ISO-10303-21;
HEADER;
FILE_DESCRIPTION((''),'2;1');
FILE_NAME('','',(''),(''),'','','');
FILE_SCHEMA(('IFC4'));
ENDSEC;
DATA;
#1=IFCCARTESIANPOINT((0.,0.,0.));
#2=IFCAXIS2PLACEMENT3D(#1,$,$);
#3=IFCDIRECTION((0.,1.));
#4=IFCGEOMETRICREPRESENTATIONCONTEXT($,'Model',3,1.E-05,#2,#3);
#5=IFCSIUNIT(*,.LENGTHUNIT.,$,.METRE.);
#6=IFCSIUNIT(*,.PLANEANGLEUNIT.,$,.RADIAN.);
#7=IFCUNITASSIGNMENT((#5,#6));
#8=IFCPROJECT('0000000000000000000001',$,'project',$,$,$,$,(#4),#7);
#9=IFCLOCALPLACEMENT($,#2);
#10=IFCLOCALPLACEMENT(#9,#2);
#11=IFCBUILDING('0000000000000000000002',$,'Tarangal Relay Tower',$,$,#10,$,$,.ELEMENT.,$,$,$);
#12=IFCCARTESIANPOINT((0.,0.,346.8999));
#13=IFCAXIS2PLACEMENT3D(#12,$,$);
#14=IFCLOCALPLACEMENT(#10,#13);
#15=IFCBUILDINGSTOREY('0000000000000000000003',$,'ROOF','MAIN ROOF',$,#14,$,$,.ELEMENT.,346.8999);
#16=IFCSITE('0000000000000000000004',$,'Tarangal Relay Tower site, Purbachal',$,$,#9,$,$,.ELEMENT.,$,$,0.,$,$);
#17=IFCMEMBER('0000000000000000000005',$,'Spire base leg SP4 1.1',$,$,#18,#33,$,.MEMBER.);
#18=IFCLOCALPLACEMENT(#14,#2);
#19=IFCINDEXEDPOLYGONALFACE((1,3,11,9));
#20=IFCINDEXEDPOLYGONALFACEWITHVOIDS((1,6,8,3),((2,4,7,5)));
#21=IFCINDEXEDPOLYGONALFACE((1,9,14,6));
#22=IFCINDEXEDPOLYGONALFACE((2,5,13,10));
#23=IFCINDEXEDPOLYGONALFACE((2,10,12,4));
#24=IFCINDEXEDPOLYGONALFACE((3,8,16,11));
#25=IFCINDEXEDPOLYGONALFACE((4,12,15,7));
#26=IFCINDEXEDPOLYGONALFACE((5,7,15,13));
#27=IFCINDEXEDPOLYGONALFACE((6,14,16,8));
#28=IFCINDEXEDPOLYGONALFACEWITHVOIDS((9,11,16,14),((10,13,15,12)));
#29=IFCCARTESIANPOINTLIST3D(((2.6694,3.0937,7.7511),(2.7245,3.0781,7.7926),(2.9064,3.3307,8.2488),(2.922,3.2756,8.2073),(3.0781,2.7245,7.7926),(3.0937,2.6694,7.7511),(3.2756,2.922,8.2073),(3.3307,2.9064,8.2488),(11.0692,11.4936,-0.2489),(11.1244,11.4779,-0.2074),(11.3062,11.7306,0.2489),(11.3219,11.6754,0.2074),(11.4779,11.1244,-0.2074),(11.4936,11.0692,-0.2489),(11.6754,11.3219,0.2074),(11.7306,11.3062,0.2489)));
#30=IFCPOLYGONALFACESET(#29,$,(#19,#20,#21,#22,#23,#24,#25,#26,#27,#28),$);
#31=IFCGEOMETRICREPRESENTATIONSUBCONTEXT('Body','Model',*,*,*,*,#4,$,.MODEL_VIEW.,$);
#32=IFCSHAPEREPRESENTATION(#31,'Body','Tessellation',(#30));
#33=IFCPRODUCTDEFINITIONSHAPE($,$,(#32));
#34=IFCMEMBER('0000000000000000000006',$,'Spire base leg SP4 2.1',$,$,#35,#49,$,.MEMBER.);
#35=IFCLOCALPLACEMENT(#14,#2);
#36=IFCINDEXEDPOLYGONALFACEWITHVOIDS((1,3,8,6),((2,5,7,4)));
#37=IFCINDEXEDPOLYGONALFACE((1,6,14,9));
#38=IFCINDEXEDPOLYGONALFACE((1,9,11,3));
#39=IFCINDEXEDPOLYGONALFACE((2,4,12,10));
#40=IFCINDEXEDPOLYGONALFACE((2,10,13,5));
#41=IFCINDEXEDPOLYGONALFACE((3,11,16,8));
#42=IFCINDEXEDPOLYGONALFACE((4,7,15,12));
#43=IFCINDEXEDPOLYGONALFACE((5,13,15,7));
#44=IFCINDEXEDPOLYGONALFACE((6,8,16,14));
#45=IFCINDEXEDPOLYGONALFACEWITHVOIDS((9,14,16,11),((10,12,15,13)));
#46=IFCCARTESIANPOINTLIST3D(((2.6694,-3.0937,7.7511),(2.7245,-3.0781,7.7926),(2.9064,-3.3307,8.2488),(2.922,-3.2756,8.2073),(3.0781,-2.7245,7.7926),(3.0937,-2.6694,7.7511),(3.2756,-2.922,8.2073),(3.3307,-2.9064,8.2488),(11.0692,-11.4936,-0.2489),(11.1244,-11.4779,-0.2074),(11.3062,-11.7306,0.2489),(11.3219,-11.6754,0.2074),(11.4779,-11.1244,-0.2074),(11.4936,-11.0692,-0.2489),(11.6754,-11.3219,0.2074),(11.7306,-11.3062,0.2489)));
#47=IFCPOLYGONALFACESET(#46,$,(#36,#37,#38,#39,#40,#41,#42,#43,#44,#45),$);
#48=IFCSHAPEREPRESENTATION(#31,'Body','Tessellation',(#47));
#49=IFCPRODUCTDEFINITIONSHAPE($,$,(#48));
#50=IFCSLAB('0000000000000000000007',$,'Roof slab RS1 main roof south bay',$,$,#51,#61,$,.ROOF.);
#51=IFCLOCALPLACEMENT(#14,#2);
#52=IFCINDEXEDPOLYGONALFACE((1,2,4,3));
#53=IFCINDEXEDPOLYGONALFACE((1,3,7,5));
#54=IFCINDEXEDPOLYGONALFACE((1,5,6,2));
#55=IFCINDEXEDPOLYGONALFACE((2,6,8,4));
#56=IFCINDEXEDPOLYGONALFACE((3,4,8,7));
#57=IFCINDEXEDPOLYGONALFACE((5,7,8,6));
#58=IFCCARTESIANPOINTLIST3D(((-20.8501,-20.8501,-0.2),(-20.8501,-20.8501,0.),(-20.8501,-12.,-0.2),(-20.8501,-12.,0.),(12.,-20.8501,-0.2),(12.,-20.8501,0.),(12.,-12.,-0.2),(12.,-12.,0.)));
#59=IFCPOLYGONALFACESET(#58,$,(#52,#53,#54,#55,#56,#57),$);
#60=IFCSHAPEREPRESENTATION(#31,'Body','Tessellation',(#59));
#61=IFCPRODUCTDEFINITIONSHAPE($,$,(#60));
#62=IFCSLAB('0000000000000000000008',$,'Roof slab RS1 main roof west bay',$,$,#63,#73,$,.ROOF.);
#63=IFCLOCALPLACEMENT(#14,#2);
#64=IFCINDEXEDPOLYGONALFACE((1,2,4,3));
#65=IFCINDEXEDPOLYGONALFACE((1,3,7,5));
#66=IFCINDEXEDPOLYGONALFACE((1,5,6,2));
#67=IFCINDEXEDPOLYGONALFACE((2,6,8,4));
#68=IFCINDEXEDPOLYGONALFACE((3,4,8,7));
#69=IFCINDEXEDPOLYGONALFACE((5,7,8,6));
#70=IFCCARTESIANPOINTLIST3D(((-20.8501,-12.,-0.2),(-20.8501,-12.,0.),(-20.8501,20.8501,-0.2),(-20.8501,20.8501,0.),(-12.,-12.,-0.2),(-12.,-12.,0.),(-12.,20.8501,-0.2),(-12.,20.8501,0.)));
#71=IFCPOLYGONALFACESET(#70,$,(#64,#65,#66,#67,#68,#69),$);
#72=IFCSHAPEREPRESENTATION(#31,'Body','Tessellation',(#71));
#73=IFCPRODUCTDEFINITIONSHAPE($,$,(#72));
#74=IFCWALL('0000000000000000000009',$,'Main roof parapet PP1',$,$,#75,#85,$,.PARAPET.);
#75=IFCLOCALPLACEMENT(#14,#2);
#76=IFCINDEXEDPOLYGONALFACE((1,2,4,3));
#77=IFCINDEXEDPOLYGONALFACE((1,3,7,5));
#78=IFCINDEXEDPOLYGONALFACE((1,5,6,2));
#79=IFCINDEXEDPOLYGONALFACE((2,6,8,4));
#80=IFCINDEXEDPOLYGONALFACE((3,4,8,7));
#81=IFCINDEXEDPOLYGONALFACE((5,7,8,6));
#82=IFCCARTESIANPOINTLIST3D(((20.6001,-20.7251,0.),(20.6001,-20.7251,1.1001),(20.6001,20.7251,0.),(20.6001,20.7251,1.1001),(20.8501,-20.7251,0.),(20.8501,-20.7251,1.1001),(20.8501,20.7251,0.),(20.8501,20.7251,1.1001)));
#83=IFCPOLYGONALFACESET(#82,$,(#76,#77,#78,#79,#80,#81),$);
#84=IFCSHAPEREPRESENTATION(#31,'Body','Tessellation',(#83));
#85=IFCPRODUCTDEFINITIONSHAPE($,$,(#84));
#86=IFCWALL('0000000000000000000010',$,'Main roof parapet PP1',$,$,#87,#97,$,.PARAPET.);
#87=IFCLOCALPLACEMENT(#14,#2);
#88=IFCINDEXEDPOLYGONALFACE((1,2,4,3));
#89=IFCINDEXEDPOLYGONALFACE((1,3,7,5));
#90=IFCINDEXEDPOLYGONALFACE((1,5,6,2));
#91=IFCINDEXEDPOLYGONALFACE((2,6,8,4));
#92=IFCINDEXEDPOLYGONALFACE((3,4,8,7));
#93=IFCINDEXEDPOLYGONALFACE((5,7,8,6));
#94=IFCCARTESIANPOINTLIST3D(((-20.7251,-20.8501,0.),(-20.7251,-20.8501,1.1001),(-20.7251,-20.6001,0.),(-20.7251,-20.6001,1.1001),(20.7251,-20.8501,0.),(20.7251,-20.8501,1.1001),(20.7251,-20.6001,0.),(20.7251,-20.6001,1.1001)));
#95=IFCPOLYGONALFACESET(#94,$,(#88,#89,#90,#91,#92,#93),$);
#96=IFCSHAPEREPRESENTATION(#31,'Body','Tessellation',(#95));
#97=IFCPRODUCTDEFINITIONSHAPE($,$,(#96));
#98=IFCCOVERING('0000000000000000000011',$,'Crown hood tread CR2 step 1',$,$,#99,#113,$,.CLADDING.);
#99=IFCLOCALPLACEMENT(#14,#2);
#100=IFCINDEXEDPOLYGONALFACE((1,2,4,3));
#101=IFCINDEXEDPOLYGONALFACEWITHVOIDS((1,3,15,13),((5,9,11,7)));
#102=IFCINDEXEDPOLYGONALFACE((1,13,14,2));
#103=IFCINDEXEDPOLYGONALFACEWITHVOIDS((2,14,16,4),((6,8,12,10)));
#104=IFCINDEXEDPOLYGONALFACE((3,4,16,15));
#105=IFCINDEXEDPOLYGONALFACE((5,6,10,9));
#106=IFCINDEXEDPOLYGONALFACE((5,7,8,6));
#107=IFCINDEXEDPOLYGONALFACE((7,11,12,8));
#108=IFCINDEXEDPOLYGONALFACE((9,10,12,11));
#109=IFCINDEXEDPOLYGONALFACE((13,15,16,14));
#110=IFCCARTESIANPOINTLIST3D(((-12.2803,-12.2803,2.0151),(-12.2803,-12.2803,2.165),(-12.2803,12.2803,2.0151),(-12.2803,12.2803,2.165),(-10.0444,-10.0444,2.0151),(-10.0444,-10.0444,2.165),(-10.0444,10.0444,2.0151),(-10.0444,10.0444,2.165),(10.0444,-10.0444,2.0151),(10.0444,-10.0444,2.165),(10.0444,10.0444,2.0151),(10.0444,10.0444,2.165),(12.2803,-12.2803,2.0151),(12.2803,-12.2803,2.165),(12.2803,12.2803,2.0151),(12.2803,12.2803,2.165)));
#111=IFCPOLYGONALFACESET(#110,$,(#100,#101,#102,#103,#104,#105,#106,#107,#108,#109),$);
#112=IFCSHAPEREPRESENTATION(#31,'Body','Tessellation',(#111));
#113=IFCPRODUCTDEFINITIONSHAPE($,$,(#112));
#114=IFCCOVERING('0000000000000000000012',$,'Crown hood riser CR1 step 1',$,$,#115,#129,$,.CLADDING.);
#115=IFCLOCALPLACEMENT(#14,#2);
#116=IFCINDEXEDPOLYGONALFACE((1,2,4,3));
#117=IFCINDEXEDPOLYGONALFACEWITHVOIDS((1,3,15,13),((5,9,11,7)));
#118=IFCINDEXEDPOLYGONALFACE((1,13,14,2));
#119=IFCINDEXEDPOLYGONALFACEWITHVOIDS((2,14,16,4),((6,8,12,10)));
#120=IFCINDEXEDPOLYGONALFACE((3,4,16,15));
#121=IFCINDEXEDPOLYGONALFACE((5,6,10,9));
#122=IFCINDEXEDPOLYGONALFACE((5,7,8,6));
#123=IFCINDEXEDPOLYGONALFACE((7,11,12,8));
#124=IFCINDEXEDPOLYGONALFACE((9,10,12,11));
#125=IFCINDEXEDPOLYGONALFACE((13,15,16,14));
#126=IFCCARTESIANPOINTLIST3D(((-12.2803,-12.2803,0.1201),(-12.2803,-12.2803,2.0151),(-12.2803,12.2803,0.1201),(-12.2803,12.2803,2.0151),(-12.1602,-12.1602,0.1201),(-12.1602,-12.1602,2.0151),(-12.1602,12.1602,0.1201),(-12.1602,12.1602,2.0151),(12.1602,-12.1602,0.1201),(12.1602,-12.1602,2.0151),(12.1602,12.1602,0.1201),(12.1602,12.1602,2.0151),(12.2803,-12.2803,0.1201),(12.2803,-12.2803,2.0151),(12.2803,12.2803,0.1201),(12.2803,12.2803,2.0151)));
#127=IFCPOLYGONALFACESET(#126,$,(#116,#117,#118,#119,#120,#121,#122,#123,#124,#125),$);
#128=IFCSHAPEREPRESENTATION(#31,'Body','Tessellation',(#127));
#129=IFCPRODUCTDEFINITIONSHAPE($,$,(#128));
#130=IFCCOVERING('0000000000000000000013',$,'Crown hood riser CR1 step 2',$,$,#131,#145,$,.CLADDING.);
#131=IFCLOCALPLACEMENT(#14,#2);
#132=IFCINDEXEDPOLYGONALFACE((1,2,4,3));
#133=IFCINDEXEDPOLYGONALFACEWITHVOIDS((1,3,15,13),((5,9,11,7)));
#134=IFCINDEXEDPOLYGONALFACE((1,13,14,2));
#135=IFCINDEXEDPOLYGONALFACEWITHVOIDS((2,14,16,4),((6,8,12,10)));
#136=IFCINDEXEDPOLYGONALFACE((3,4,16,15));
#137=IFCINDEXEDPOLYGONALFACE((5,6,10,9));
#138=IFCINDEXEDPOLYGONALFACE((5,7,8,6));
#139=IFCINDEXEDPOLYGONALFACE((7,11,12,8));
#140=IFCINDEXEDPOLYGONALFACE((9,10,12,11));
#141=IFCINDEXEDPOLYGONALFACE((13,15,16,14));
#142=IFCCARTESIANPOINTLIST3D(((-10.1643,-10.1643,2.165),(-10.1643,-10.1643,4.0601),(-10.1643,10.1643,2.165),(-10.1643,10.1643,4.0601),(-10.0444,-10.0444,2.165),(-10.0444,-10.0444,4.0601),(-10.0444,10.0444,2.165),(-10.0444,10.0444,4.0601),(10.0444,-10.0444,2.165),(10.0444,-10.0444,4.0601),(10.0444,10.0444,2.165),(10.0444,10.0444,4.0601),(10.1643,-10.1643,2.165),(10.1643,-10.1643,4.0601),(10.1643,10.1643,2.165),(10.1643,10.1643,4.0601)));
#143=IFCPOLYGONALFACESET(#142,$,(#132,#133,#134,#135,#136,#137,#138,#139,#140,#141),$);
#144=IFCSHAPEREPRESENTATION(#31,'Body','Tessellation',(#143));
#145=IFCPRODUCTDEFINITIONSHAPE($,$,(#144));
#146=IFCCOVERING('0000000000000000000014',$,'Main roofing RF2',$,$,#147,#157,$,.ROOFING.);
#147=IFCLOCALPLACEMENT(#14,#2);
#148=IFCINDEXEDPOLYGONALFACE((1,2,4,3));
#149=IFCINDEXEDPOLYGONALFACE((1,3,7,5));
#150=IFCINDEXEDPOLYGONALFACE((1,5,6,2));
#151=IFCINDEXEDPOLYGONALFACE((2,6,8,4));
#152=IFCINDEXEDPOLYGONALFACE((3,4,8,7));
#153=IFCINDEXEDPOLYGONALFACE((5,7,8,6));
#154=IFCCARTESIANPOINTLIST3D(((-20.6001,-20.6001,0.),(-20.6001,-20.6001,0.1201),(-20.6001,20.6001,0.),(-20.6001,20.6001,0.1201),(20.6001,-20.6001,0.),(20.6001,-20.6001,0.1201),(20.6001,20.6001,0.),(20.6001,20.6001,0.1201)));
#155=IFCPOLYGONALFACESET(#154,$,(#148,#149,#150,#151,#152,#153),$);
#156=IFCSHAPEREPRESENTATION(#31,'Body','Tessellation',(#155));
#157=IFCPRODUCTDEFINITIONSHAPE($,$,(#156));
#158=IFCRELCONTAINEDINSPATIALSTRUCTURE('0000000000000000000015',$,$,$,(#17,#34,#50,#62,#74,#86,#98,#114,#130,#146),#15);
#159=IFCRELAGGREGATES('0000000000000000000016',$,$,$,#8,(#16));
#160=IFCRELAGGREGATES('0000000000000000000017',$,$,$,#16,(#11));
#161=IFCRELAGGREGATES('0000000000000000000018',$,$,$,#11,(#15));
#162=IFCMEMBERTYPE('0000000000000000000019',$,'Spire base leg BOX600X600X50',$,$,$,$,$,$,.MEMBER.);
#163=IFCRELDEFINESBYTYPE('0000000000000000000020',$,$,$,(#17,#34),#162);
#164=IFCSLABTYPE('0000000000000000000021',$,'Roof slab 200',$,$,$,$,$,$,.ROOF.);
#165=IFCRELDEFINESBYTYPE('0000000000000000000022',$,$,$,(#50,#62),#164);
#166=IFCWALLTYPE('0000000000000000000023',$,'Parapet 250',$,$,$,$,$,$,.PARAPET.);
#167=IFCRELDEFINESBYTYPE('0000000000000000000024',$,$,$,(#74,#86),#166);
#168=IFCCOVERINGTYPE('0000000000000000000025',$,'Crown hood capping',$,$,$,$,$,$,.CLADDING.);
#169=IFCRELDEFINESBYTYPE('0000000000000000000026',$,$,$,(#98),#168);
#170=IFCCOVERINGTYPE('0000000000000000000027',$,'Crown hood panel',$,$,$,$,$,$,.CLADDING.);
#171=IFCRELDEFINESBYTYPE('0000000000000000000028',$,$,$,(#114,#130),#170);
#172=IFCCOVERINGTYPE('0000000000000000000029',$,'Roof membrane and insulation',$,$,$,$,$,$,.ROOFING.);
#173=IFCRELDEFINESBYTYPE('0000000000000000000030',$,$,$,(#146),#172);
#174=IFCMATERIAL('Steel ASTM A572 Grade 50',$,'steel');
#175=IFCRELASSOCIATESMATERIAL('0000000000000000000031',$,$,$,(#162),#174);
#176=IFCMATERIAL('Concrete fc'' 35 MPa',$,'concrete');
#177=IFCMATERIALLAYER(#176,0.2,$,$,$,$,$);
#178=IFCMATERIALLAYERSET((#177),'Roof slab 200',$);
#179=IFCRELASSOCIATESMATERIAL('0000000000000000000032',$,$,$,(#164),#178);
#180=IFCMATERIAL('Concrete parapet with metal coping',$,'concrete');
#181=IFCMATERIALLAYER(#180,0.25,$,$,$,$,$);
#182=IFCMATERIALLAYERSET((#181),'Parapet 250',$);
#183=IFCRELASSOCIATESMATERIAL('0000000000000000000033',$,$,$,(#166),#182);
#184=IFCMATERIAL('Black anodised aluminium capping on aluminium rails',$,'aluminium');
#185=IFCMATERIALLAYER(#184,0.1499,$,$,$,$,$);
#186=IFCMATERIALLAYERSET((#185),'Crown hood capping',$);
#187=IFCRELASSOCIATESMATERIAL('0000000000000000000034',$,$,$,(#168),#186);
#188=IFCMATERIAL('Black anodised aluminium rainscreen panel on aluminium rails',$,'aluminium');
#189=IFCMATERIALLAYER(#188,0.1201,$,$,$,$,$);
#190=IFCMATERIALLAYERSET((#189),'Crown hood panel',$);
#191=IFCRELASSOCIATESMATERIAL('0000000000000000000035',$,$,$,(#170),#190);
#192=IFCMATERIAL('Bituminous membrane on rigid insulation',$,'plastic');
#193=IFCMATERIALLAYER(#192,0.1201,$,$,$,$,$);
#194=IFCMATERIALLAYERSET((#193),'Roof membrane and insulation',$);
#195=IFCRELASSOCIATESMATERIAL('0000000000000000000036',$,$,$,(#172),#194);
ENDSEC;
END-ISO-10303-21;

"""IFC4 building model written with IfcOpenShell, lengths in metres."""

from ifc_helpers import new_model, si_unit, direction, frame, frame_2d, origin, origin_2d, place, context, subcontext, project, spatial, polyline, rectangle, hollow_rectangle, outline, extrude, material, layer, layer_set, material_profile, profile_set, type_object, element, save


model = new_model("IFC4")

# Units and contexts
model_context = context("Model", 3, precision=1e-05, world=origin(), true_north=direction((0.0, 1.0)))
body_context = subcontext(model_context, "Body", "Model", "MODEL_VIEW")
ifc_project = project(units=[si_unit("LENGTHUNIT", "METRE"), si_unit("PLANEANGLEUNIT", "RADIAN")], contexts=[model_context])

# Site, building, storey
site_placement = place(None, origin())
site = spatial("IfcSite", under=ifc_project, at=site_placement, Name="Tarangal Relay Tower site, Purbachal", CompositionType="ELEMENT", RefElevation=0.0)
building_placement = place(site_placement, origin())
building = spatial("IfcBuilding", under=site, at=building_placement, Name="Tarangal Relay Tower", CompositionType="ELEMENT")
storey_placement = place(building_placement, frame((0.0, 0.0, 346.8999)))
storey = spatial("IfcBuildingStorey", under=building, at=storey_placement, Name="ROOF", Description="MAIN ROOF", CompositionType="ELEMENT", Elevation=346.8999)

# Members
ifc_material_1 = material(Name="Steel ASTM A572 Grade 50", Category="steel")
ifc_material_profile_1 = material_profile(ifc_material_1, hollow_rectangle(XDim=0.6001, YDim=0.6001, WallThickness=0.05, at=origin_2d()), Name="BOX600X600X50")
ifc_profile_set_1 = profile_set([ifc_material_profile_1], Name="Steel ASTM A572 Grade 50")
member_type_1 = type_object("IfcMemberType", Name="Spire base leg BOX600X600X50", PredefinedType="MEMBER", material=ifc_profile_set_1)
for number, where, z_axis, x_axis, name in (
    (1, (11.3999, 11.3999, 0.0), (-0.586508, -0.586508, 0.558585), (0.707107, -0.707107, 0.0), "Spire base leg SP4 1.1"),
    (2, (11.3999, -11.3999, 0.0), (-0.586508, 0.586508, 0.558585), (-0.707107, -0.707107, 0.0), "Spire base leg SP4 2.1"),
):
    element("IfcMember", number, at=place(storey_placement, frame(where, z_axis=z_axis, x_axis=x_axis)), inside=storey, type_object=member_type_1, Name=name, PredefinedType="MEMBER", context=body_context, shape_type="SweptSolid", body=[
        extrude(hollow_rectangle(XDim=0.6001, YDim=0.6001, WallThickness=0.05, at=origin_2d()), origin(), (0.0, 0.0, 1.0), 14.3218),
    ])

# Slabs
ifc_material_2 = material(Name="Concrete fc' 35 MPa", Category="concrete")
ifc_layer_1 = layer(ifc_material_2, 0.2)
ifc_layer_set_1 = layer_set([ifc_layer_1], Name="Roof slab 200")
slab_type = type_object("IfcSlabType", Name="Roof slab 200", PredefinedType="ROOF", material=ifc_layer_set_1)
slab_1_placement = place(storey_placement, frame((0.0, 0.0, -0.2)))
element("IfcSlab", 3, at=slab_1_placement, inside=storey, type_object=slab_type, Name="Roof slab RS1 main roof south bay", PredefinedType="ROOF", context=body_context, shape_type="SweptSolid", body=[
    extrude(outline(polyline([(-20.8501, -20.8501), (-20.8501, -12.0), (12.0, -12.0), (12.0, -20.8501), (-20.8501, -20.8501)])), origin(), (0.0, 0.0, 1.0), 0.2),
])
slab_2_placement = place(storey_placement, frame((0.0, 0.0, -0.2)))
element("IfcSlab", 4, at=slab_2_placement, inside=storey, type_object=slab_type, Name="Roof slab RS1 main roof west bay", PredefinedType="ROOF", context=body_context, shape_type="SweptSolid", body=[
    extrude(outline(polyline([(-20.8501, 20.8501), (-12.0, 20.8501), (-12.0, -12.0), (-20.8501, -12.0), (-20.8501, 20.8501)])), origin(), (0.0, 0.0, 1.0), 0.2),
])

# Walls
ifc_material_3 = material(Name="Concrete parapet with metal coping", Category="concrete")
ifc_layer_2 = layer(ifc_material_3, 0.25)
ifc_layer_set_2 = layer_set([ifc_layer_2], Name="Parapet 250")
wall_type = type_object("IfcWallType", Name="Parapet 250", PredefinedType="PARAPET", material=ifc_layer_set_2)
for number, where, z_axis, x_axis, name in (
    (5, (20.7251, 20.7251, 0.0), (0.0, 0.0, 1.0), (0.0, -1.0, 0.0), "Main roof parapet PP1"),
    (6, (20.7251, -20.7251, 0.0), (0.0, 0.0, 1.0), (-1.0, 0.0, 0.0), "Main roof parapet PP1"),
):
    element("IfcWall", number, at=place(storey_placement, frame(where, z_axis=z_axis, x_axis=x_axis)), inside=storey, type_object=wall_type, Name=name, PredefinedType="PARAPET", context=body_context, shape_type="SweptSolid", body=[
        extrude(rectangle(XDim=41.4502, YDim=0.25, at=frame_2d((20.7251, 0.0))), origin(), (0.0, 0.0, 1.0), 1.1001),
    ])

# Coverings
ifc_material_4 = material(Name="Black anodised aluminium capping on aluminium rails", Category="aluminium")
ifc_layer_3 = layer(ifc_material_4, 0.1499)
ifc_layer_set_3 = layer_set([ifc_layer_3], Name="Crown hood capping")
covering_type_1 = type_object("IfcCoveringType", Name="Crown hood capping", PredefinedType="CLADDING", material=ifc_layer_set_3)
covering_1_placement = place(storey_placement, frame((0.0, 0.0, 2.0151)))
element("IfcCovering", 7, at=covering_1_placement, inside=storey, type_object=covering_type_1, Name="Crown hood tread CR2 step 1", PredefinedType="CLADDING", context=body_context, shape_type="SweptSolid", body=[
    extrude(outline(polyline([(-12.2803, -12.2803), (12.2803, -12.2803), (12.2803, 12.2803), (-12.2803, 12.2803), (-12.2803, -12.2803)]), holes=[polyline([(-10.0444, -10.0444), (10.0444, -10.0444), (10.0444, 10.0444), (-10.0444, 10.0444), (-10.0444, -10.0444)])]), origin(), (0.0, 0.0, 1.0), 0.1499),
])
ifc_material_5 = material(Name="Black anodised aluminium rainscreen panel on aluminium rails", Category="aluminium")
ifc_layer_4 = layer(ifc_material_5, 0.1201)
ifc_layer_set_4 = layer_set([ifc_layer_4], Name="Crown hood panel")
covering_type_2 = type_object("IfcCoveringType", Name="Crown hood panel", PredefinedType="CLADDING", material=ifc_layer_set_4)
covering_2_placement = place(storey_placement, frame((0.0, 0.0, 0.1201)))
element("IfcCovering", 8, at=covering_2_placement, inside=storey, type_object=covering_type_2, Name="Crown hood riser CR1 step 1", PredefinedType="CLADDING", context=body_context, shape_type="SweptSolid", body=[
    extrude(outline(polyline([(-12.2803, -12.2803), (12.2803, -12.2803), (12.2803, 12.2803), (-12.2803, 12.2803), (-12.2803, -12.2803)]), holes=[polyline([(-12.1602, -12.1602), (12.1602, -12.1602), (12.1602, 12.1602), (-12.1602, 12.1602), (-12.1602, -12.1602)])]), origin(), (0.0, 0.0, 1.0), 1.895),
])
covering_3_placement = place(storey_placement, frame((0.0, 0.0, 2.165)))
element("IfcCovering", 9, at=covering_3_placement, inside=storey, type_object=covering_type_2, Name="Crown hood riser CR1 step 2", PredefinedType="CLADDING", context=body_context, shape_type="SweptSolid", body=[
    extrude(outline(polyline([(-10.1643, -10.1643), (10.1643, -10.1643), (10.1643, 10.1643), (-10.1643, 10.1643), (-10.1643, -10.1643)]), holes=[polyline([(-10.0444, -10.0444), (10.0444, -10.0444), (10.0444, 10.0444), (-10.0444, 10.0444), (-10.0444, -10.0444)])]), origin(), (0.0, 0.0, 1.0), 1.895),
])
ifc_material_6 = material(Name="Bituminous membrane on rigid insulation", Category="plastic")
ifc_layer_5 = layer(ifc_material_6, 0.1201)
ifc_layer_set_5 = layer_set([ifc_layer_5], Name="Roof membrane and insulation")
covering_type_3 = type_object("IfcCoveringType", Name="Roof membrane and insulation", PredefinedType="ROOFING", material=ifc_layer_set_5)
covering_4_placement = place(storey_placement, origin())
element("IfcCovering", 10, at=covering_4_placement, inside=storey, type_object=covering_type_3, Name="Main roofing RF2", PredefinedType="ROOFING", context=body_context, shape_type="SweptSolid", body=[
    extrude(outline(polyline([(-20.6001, -20.6001), (20.6001, -20.6001), (20.6001, 20.6001), (-20.6001, 20.6001), (-20.6001, -20.6001)])), origin(), (0.0, 0.0, 1.0), 0.1201),
])

save(model, "model.ifc")
